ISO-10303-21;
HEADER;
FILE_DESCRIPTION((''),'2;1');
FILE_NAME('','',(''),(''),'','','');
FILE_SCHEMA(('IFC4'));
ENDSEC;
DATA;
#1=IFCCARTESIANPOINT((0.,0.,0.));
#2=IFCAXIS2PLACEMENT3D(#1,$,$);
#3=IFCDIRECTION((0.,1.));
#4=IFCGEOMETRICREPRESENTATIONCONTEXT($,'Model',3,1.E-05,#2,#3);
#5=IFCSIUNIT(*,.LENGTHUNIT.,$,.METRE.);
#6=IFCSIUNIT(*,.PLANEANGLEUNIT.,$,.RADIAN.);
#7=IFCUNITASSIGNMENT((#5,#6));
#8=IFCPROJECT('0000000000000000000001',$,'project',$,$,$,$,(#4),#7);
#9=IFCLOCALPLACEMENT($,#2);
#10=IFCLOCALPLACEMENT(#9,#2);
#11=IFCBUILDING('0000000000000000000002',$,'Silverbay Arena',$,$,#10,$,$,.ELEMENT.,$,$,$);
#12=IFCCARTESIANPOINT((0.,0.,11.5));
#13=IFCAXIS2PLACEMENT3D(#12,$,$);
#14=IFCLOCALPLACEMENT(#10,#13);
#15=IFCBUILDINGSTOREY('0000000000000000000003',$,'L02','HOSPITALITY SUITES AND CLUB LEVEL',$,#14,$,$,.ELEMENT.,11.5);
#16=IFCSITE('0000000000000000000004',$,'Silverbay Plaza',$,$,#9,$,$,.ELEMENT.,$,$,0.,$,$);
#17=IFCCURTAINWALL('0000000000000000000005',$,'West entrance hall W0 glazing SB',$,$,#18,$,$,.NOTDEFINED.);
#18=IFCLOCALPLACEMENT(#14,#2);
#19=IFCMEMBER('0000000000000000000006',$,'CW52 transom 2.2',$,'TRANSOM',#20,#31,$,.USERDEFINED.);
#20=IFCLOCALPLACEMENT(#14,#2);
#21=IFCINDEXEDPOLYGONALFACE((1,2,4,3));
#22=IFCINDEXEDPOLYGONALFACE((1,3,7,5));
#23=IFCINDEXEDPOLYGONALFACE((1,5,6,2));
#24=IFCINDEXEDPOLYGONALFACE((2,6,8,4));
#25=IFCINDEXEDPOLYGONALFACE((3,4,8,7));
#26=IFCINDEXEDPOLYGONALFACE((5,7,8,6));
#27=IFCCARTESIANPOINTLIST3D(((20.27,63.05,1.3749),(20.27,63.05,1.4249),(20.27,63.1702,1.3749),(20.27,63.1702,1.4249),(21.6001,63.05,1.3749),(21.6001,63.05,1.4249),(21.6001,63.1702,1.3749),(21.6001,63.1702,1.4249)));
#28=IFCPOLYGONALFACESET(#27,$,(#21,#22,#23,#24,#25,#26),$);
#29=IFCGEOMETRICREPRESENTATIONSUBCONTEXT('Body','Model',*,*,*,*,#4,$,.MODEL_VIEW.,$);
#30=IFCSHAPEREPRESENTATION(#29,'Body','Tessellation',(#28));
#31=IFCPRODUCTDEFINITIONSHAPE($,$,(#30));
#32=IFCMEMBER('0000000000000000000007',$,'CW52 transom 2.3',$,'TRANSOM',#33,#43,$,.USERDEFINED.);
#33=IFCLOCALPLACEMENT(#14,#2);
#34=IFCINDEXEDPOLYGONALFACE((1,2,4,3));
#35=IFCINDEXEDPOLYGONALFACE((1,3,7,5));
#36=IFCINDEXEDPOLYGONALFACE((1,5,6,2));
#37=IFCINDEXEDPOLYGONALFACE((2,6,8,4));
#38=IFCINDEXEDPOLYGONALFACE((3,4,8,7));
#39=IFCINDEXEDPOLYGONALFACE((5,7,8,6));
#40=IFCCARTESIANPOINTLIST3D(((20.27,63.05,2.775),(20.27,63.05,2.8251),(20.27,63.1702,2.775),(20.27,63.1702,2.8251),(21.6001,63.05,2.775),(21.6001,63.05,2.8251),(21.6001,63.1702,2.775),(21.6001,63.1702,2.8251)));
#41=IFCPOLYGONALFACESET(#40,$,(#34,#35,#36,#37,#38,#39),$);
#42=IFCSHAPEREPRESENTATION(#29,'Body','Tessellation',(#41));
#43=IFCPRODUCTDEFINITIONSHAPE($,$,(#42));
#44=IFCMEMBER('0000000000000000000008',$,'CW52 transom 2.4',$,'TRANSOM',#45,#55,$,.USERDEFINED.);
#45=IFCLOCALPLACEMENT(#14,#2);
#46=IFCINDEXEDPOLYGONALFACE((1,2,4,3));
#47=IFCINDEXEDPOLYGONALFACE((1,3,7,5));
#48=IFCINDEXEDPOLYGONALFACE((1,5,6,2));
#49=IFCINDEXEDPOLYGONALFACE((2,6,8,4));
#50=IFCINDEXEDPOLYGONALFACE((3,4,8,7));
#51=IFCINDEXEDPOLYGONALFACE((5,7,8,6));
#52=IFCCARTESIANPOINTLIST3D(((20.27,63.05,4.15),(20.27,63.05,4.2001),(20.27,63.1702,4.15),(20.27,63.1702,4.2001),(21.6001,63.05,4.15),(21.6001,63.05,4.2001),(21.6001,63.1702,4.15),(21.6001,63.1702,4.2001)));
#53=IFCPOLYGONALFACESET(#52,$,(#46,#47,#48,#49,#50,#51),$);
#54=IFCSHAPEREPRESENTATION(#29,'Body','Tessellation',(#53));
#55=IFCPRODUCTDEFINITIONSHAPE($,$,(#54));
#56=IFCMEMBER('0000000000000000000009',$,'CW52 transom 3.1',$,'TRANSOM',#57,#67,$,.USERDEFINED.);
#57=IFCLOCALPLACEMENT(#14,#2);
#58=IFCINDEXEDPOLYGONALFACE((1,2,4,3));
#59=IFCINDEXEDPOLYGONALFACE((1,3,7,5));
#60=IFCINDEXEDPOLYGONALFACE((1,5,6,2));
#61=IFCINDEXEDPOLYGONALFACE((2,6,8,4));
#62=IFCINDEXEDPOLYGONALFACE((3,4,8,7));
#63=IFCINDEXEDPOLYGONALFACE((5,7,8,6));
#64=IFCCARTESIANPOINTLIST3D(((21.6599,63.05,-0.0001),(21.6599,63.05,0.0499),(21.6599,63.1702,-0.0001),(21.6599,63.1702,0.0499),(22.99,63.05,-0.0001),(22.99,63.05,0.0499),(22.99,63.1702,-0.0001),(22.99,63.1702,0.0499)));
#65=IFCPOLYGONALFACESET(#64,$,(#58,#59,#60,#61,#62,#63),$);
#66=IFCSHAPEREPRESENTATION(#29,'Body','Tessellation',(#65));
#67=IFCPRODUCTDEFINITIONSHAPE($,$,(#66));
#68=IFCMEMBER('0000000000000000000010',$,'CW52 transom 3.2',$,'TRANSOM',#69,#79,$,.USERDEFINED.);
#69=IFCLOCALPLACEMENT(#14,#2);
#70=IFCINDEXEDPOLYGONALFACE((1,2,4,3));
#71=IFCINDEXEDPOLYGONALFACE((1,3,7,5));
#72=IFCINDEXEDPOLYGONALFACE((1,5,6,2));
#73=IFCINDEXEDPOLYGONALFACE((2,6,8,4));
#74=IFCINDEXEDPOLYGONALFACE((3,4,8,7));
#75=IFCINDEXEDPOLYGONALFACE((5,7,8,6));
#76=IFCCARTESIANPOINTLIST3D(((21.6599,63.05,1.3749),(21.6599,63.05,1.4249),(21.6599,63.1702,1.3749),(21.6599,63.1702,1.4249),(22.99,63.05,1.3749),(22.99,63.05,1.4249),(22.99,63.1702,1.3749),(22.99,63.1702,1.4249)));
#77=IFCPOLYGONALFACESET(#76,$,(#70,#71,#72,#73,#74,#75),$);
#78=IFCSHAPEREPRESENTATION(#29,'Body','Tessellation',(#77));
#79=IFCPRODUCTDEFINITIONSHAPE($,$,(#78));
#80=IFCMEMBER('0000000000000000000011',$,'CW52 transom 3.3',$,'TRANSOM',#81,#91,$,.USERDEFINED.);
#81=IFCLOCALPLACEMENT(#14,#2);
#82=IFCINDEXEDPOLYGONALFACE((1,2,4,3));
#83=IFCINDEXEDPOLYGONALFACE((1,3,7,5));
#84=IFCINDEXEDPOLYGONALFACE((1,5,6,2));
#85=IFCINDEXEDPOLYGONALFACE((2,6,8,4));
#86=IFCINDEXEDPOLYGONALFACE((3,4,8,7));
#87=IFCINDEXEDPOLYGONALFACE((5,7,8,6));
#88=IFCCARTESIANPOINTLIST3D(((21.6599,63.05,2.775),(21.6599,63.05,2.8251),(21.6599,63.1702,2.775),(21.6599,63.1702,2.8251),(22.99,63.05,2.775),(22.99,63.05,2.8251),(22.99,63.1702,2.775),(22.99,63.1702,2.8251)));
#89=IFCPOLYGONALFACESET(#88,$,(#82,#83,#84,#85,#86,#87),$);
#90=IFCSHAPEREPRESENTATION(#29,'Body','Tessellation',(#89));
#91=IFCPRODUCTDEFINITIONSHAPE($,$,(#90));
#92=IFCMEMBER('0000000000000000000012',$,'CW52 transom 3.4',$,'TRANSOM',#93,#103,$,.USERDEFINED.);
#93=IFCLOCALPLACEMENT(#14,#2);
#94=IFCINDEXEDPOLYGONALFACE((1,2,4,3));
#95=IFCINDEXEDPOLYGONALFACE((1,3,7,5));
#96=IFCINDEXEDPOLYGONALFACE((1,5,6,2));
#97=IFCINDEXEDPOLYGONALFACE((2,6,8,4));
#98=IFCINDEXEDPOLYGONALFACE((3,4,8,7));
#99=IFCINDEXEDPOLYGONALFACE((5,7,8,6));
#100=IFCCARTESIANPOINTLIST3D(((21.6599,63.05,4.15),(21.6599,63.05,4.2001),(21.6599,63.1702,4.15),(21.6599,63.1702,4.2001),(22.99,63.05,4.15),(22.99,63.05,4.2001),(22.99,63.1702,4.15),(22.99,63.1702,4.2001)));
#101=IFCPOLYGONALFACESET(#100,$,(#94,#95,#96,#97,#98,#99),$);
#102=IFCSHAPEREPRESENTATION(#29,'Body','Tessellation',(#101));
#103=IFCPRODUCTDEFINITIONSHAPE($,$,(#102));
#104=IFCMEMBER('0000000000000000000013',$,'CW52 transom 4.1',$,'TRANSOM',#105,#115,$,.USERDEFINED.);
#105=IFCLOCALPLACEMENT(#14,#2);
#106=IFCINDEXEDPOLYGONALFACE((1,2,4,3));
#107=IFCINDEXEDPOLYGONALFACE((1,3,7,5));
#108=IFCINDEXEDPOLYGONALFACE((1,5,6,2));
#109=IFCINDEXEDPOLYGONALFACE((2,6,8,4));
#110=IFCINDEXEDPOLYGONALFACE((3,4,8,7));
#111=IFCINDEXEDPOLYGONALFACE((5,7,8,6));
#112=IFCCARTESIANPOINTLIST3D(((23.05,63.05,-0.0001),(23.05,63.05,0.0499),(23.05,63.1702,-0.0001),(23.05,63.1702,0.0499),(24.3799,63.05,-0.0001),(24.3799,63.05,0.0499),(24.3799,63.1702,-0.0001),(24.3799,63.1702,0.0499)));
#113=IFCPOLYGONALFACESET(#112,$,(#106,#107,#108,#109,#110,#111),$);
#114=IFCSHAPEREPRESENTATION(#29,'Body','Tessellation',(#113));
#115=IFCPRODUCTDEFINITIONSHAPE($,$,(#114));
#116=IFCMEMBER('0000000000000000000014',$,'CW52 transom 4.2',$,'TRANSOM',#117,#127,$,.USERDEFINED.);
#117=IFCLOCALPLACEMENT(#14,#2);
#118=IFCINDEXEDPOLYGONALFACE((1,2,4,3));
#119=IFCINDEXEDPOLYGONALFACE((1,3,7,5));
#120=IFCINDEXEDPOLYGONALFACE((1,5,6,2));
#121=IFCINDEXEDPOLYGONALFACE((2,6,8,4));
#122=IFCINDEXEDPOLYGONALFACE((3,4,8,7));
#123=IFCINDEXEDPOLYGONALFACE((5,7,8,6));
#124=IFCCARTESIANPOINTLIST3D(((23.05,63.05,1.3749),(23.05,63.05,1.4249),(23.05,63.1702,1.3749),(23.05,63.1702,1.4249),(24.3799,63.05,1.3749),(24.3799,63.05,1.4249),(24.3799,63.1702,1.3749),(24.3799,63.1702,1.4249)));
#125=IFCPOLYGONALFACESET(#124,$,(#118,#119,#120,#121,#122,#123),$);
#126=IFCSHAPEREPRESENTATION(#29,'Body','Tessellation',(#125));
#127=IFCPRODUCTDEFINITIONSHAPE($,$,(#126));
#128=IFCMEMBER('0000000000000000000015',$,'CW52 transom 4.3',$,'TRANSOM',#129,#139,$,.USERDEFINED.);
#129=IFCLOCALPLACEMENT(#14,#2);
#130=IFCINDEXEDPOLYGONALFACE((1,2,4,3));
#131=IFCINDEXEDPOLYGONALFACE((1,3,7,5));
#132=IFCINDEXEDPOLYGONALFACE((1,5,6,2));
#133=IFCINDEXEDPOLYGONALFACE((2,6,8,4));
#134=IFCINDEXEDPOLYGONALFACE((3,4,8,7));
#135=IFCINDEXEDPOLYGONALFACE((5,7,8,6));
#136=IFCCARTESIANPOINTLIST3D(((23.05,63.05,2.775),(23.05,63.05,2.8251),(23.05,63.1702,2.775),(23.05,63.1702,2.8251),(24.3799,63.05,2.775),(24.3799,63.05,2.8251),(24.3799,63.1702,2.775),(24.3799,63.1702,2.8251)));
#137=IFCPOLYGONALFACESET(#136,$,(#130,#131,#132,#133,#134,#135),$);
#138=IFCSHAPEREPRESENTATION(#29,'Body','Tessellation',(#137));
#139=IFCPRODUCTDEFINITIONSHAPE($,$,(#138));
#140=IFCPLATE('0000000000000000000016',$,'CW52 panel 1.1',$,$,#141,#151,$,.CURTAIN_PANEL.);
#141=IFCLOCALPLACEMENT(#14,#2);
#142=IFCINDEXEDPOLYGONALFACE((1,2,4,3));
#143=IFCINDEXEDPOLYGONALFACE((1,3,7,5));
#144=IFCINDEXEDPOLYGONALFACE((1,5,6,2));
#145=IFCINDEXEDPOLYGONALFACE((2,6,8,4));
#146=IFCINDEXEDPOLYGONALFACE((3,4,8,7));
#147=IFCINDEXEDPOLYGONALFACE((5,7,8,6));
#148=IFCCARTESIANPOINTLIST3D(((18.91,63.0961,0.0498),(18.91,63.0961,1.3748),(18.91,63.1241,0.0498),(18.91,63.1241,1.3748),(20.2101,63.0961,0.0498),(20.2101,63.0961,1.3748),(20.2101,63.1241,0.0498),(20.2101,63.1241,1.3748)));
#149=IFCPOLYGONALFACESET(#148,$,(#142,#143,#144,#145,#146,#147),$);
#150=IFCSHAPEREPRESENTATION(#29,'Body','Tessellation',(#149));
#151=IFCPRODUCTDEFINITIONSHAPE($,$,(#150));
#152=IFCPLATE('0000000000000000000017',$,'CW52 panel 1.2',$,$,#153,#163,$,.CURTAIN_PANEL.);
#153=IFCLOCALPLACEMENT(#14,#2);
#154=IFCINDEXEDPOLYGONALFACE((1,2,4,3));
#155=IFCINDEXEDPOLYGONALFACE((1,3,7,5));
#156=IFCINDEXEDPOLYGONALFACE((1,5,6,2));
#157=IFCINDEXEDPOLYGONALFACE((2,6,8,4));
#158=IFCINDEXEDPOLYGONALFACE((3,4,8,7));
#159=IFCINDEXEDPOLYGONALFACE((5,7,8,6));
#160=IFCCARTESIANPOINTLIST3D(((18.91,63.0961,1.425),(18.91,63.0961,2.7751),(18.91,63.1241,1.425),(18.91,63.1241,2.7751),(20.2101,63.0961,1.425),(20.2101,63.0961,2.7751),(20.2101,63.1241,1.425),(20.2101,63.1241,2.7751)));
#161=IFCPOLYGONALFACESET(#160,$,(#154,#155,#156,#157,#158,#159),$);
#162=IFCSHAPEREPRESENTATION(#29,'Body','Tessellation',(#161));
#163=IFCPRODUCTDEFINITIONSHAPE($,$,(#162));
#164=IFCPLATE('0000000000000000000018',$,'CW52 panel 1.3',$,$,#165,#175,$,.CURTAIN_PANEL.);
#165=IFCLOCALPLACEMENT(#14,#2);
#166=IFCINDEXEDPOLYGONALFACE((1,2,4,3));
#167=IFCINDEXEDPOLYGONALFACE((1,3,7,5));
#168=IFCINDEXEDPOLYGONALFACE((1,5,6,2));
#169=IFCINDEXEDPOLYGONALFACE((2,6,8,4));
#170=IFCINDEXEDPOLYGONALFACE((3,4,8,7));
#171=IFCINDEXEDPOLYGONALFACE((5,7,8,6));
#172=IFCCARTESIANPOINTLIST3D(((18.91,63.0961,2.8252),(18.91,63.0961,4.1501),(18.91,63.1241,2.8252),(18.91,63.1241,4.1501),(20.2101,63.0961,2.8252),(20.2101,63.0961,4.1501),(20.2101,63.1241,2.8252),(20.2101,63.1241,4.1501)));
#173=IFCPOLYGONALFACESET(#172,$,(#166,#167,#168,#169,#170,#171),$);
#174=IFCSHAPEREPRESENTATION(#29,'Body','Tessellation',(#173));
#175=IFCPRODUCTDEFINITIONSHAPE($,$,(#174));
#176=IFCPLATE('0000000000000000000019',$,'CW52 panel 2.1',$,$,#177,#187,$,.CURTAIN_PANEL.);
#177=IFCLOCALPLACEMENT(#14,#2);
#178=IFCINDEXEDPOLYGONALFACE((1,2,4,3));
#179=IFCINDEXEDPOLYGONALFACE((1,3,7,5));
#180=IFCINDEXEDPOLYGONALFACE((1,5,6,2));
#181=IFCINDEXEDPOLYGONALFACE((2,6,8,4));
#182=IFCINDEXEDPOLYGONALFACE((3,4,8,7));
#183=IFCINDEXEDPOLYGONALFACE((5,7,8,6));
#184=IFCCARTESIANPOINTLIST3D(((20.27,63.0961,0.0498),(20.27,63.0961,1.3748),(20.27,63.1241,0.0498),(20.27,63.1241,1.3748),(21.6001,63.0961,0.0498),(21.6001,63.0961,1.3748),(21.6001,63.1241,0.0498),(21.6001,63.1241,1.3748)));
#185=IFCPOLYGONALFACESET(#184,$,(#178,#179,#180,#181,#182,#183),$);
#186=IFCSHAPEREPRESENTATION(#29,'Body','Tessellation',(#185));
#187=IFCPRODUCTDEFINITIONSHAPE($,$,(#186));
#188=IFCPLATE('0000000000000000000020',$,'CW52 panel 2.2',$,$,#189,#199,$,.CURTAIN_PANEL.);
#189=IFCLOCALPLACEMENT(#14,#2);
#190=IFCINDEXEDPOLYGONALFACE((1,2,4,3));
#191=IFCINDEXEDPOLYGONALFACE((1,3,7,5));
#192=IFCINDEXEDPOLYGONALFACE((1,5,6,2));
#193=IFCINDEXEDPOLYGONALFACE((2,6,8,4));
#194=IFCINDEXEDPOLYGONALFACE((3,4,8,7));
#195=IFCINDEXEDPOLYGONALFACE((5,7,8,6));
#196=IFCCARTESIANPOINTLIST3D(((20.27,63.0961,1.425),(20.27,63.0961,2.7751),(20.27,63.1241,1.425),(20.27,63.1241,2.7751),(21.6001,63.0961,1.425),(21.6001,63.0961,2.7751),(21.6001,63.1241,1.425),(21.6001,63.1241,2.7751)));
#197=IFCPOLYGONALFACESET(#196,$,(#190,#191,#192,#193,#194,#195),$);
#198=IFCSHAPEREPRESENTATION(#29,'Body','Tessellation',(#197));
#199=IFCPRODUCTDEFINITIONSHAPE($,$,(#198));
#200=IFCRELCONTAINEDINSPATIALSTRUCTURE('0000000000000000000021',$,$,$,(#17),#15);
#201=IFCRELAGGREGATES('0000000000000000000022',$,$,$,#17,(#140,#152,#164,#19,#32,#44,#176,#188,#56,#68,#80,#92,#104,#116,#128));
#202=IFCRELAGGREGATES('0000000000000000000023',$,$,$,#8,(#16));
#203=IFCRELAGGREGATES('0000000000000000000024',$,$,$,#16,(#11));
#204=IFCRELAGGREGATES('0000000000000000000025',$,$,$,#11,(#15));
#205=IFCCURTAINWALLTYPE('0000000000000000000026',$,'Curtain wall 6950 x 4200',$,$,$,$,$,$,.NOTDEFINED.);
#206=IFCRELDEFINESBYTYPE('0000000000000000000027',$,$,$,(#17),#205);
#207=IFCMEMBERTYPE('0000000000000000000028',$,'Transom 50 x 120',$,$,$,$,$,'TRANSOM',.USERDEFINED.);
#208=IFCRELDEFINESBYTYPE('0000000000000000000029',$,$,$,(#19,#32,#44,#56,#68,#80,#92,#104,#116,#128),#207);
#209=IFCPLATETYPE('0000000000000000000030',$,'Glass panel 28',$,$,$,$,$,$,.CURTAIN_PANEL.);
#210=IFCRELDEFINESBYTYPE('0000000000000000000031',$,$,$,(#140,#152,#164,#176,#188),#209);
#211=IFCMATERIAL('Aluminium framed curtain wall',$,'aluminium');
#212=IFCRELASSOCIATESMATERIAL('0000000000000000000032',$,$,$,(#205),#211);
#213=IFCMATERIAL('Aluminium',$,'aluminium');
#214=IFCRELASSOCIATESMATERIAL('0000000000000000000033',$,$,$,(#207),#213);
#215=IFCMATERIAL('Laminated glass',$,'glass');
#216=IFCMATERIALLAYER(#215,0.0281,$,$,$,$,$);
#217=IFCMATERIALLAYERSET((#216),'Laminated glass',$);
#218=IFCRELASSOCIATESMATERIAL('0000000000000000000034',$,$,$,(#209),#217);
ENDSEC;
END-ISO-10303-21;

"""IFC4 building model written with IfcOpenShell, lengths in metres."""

from ifc_helpers import new_model, si_unit, direction, frame, origin, origin_2d, place, context, subcontext, project, spatial, rectangle, extrude, material, layer, layer_set, material_profile, profile_set, type_object, element, aggregate, save


model = new_model("IFC4")

# Units and contexts
model_context = context("Model", 3, precision=1e-05, world=origin(), true_north=direction((0.0, 1.0)))
body_context = subcontext(model_context, "Body", "Model", "MODEL_VIEW")
ifc_project = project(units=[si_unit("LENGTHUNIT", "METRE"), si_unit("PLANEANGLEUNIT", "RADIAN")], contexts=[model_context])

# Site, building, storey
site_placement = place(None, origin())
site = spatial("IfcSite", under=ifc_project, at=site_placement, Name="Silverbay Plaza", CompositionType="ELEMENT", RefElevation=0.0)
building_placement = place(site_placement, origin())
building = spatial("IfcBuilding", under=site, at=building_placement, Name="Silverbay Arena", CompositionType="ELEMENT")
storey_placement = place(building_placement, frame((0.0, 0.0, 11.5)))
storey = spatial("IfcBuildingStorey", under=building, at=storey_placement, Name="L02", Description="HOSPITALITY SUITES AND CLUB LEVEL", CompositionType="ELEMENT", Elevation=11.5)

# Curtain wall
ifc_material_1 = material(Name="Aluminium framed curtain wall", Category="aluminium")
curtain_wall_type = type_object("IfcCurtainWallType", Name="Curtain wall 6950 x 4200", PredefinedType="NOTDEFINED", material=ifc_material_1)
curtain_wall_placement = place(storey_placement, origin())
curtain_wall = element("IfcCurtainWall", 1, at=curtain_wall_placement, inside=storey, type_object=curtain_wall_type, Name="West entrance hall W0 glazing SB", PredefinedType="NOTDEFINED")

# Members
ifc_material_2 = material(Name="Aluminium", Category="aluminium")
ifc_material_profile_1 = material_profile(ifc_material_2, rectangle(XDim=0.1201, YDim=0.05, at=origin_2d()), Name="Transom 50 x 120")
ifc_profile_set_1 = profile_set([ifc_material_profile_1], Name="Aluminium")
member_type_1 = type_object("IfcMemberType", Name="Transom 50 x 120", ElementType="TRANSOM", PredefinedType="USERDEFINED", material=ifc_profile_set_1)
member_1_placement = place(storey_placement, frame((20.27, 63.1101, 1.3999), z_axis=(1.0, 0.0, 0.0), x_axis=(0.0, 1.0, 0.0)))
member_1 = element("IfcMember", 2, at=member_1_placement, type_object=member_type_1, Name="CW52 transom 2.2", ObjectType="TRANSOM", PredefinedType="USERDEFINED", context=body_context, shape_type="SweptSolid", body=[
    extrude(rectangle(XDim=0.1201, YDim=0.05, at=origin_2d()), origin(), (0.0, 0.0, 1.0), 1.3301),
])
member_2_placement = place(storey_placement, frame((20.27, 63.1101, 2.8), z_axis=(1.0, 0.0, 0.0), x_axis=(0.0, 1.0, 0.0)))
member_2 = element("IfcMember", 3, at=member_2_placement, type_object=member_type_1, Name="CW52 transom 2.3", ObjectType="TRANSOM", PredefinedType="USERDEFINED", context=body_context, shape_type="SweptSolid", body=[
    extrude(rectangle(XDim=0.1201, YDim=0.05, at=origin_2d()), origin(), (0.0, 0.0, 1.0), 1.3301),
])
member_3_placement = place(storey_placement, frame((20.27, 63.1101, 4.175), z_axis=(1.0, 0.0, 0.0), x_axis=(0.0, 1.0, 0.0)))
member_3 = element("IfcMember", 4, at=member_3_placement, type_object=member_type_1, Name="CW52 transom 2.4", ObjectType="TRANSOM", PredefinedType="USERDEFINED", context=body_context, shape_type="SweptSolid", body=[
    extrude(rectangle(XDim=0.1201, YDim=0.05, at=origin_2d()), origin(), (0.0, 0.0, 1.0), 1.3301),
])
member_4_placement = place(storey_placement, frame((21.6599, 63.1101, 0.0249), z_axis=(1.0, 0.0, 0.0), x_axis=(0.0, 1.0, 0.0)))
member_4 = element("IfcMember", 5, at=member_4_placement, type_object=member_type_1, Name="CW52 transom 3.1", ObjectType="TRANSOM", PredefinedType="USERDEFINED", context=body_context, shape_type="SweptSolid", body=[
    extrude(rectangle(XDim=0.1201, YDim=0.05, at=origin_2d()), origin(), (0.0, 0.0, 1.0), 1.3301),
])
member_5_placement = place(storey_placement, frame((21.6599, 63.1101, 1.3999), z_axis=(1.0, 0.0, 0.0), x_axis=(0.0, 1.0, 0.0)))
member_5 = element("IfcMember", 6, at=member_5_placement, type_object=member_type_1, Name="CW52 transom 3.2", ObjectType="TRANSOM", PredefinedType="USERDEFINED", context=body_context, shape_type="SweptSolid", body=[
    extrude(rectangle(XDim=0.1201, YDim=0.05, at=origin_2d()), origin(), (0.0, 0.0, 1.0), 1.3301),
])
member_6_placement = place(storey_placement, frame((21.6599, 63.1101, 2.8), z_axis=(1.0, 0.0, 0.0), x_axis=(0.0, 1.0, 0.0)))
member_6 = element("IfcMember", 7, at=member_6_placement, type_object=member_type_1, Name="CW52 transom 3.3", ObjectType="TRANSOM", PredefinedType="USERDEFINED", context=body_context, shape_type="SweptSolid", body=[
    extrude(rectangle(XDim=0.1201, YDim=0.05, at=origin_2d()), origin(), (0.0, 0.0, 1.0), 1.3301),
])
member_7_placement = place(storey_placement, frame((21.6599, 63.1101, 4.175), z_axis=(1.0, 0.0, 0.0), x_axis=(0.0, 1.0, 0.0)))
member_7 = element("IfcMember", 8, at=member_7_placement, type_object=member_type_1, Name="CW52 transom 3.4", ObjectType="TRANSOM", PredefinedType="USERDEFINED", context=body_context, shape_type="SweptSolid", body=[
    extrude(rectangle(XDim=0.1201, YDim=0.05, at=origin_2d()), origin(), (0.0, 0.0, 1.0), 1.3301),
])
member_8_placement = place(storey_placement, frame((23.05, 63.1101, 0.0249), z_axis=(1.0, 0.0, 0.0), x_axis=(0.0, 1.0, 0.0)))
member_8 = element("IfcMember", 9, at=member_8_placement, type_object=member_type_1, Name="CW52 transom 4.1", ObjectType="TRANSOM", PredefinedType="USERDEFINED", context=body_context, shape_type="SweptSolid", body=[
    extrude(rectangle(XDim=0.1201, YDim=0.05, at=origin_2d()), origin(), (0.0, 0.0, 1.0), 1.3298),
])
member_9_placement = place(storey_placement, frame((23.05, 63.1101, 1.3999), z_axis=(1.0, 0.0, 0.0), x_axis=(0.0, 1.0, 0.0)))
member_9 = element("IfcMember", 10, at=member_9_placement, type_object=member_type_1, Name="CW52 transom 4.2", ObjectType="TRANSOM", PredefinedType="USERDEFINED", context=body_context, shape_type="SweptSolid", body=[
    extrude(rectangle(XDim=0.1201, YDim=0.05, at=origin_2d()), origin(), (0.0, 0.0, 1.0), 1.3298),
])
member_10_placement = place(storey_placement, frame((23.05, 63.1101, 2.8), z_axis=(1.0, 0.0, 0.0), x_axis=(0.0, 1.0, 0.0)))
member_10 = element("IfcMember", 11, at=member_10_placement, type_object=member_type_1, Name="CW52 transom 4.3", ObjectType="TRANSOM", PredefinedType="USERDEFINED", context=body_context, shape_type="SweptSolid", body=[
    extrude(rectangle(XDim=0.1201, YDim=0.05, at=origin_2d()), origin(), (0.0, 0.0, 1.0), 1.3298),
])

# Plates
ifc_material_3 = material(Name="Laminated glass", Category="glass")
ifc_layer = layer(ifc_material_3, 0.0281)
ifc_layer_set = layer_set([ifc_layer], Name="Laminated glass")
plate_type = type_object("IfcPlateType", Name="Glass panel 28", PredefinedType="CURTAIN_PANEL", material=ifc_layer_set)
plate_1_placement = place(storey_placement, frame((19.5601, 63.1101, 0.0498), z_axis=(0.0, 0.0, 1.0), x_axis=(1.0, 0.0, 0.0)))
plate_1 = element("IfcPlate", 12, at=plate_1_placement, type_object=plate_type, Name="CW52 panel 1.1", PredefinedType="CURTAIN_PANEL", context=body_context, shape_type="SweptSolid", body=[
    extrude(rectangle(XDim=1.3, YDim=0.0281, at=origin_2d()), origin(), (0.0, 0.0, 1.0), 1.325),
])
plate_2_placement = place(storey_placement, frame((19.5601, 63.1101, 1.425), z_axis=(0.0, 0.0, 1.0), x_axis=(1.0, 0.0, 0.0)))
plate_2 = element("IfcPlate", 13, at=plate_2_placement, type_object=plate_type, Name="CW52 panel 1.2", PredefinedType="CURTAIN_PANEL", context=body_context, shape_type="SweptSolid", body=[
    extrude(rectangle(XDim=1.3, YDim=0.0281, at=origin_2d()), origin(), (0.0, 0.0, 1.0), 1.3501),
])
plate_3_placement = place(storey_placement, frame((19.5601, 63.1101, 2.8252), z_axis=(0.0, 0.0, 1.0), x_axis=(1.0, 0.0, 0.0)))
plate_3 = element("IfcPlate", 14, at=plate_3_placement, type_object=plate_type, Name="CW52 panel 1.3", PredefinedType="CURTAIN_PANEL", context=body_context, shape_type="SweptSolid", body=[
    extrude(rectangle(XDim=1.3, YDim=0.0281, at=origin_2d()), origin(), (0.0, 0.0, 1.0), 1.325),
])
plate_4_placement = place(storey_placement, frame((20.9351, 63.1101, 0.0498), z_axis=(0.0, 0.0, 1.0), x_axis=(1.0, 0.0, 0.0)))
plate_4 = element("IfcPlate", 15, at=plate_4_placement, type_object=plate_type, Name="CW52 panel 2.1", PredefinedType="CURTAIN_PANEL", context=body_context, shape_type="SweptSolid", body=[
    extrude(rectangle(XDim=1.3301, YDim=0.0281, at=origin_2d()), origin(), (0.0, 0.0, 1.0), 1.325),
])
plate_5_placement = place(storey_placement, frame((20.9351, 63.1101, 1.425), z_axis=(0.0, 0.0, 1.0), x_axis=(1.0, 0.0, 0.0)))
plate_5 = element("IfcPlate", 16, at=plate_5_placement, type_object=plate_type, Name="CW52 panel 2.2", PredefinedType="CURTAIN_PANEL", context=body_context, shape_type="SweptSolid", body=[
    extrude(rectangle(XDim=1.3301, YDim=0.0281, at=origin_2d()), origin(), (0.0, 0.0, 1.0), 1.3501),
])
aggregate(curtain_wall, [plate_1, plate_2, plate_3, member_1, member_2, member_3, plate_4, plate_5, member_4, member_5, member_6, member_7, member_8, member_9, member_10])

save(model, "model.ifc")
